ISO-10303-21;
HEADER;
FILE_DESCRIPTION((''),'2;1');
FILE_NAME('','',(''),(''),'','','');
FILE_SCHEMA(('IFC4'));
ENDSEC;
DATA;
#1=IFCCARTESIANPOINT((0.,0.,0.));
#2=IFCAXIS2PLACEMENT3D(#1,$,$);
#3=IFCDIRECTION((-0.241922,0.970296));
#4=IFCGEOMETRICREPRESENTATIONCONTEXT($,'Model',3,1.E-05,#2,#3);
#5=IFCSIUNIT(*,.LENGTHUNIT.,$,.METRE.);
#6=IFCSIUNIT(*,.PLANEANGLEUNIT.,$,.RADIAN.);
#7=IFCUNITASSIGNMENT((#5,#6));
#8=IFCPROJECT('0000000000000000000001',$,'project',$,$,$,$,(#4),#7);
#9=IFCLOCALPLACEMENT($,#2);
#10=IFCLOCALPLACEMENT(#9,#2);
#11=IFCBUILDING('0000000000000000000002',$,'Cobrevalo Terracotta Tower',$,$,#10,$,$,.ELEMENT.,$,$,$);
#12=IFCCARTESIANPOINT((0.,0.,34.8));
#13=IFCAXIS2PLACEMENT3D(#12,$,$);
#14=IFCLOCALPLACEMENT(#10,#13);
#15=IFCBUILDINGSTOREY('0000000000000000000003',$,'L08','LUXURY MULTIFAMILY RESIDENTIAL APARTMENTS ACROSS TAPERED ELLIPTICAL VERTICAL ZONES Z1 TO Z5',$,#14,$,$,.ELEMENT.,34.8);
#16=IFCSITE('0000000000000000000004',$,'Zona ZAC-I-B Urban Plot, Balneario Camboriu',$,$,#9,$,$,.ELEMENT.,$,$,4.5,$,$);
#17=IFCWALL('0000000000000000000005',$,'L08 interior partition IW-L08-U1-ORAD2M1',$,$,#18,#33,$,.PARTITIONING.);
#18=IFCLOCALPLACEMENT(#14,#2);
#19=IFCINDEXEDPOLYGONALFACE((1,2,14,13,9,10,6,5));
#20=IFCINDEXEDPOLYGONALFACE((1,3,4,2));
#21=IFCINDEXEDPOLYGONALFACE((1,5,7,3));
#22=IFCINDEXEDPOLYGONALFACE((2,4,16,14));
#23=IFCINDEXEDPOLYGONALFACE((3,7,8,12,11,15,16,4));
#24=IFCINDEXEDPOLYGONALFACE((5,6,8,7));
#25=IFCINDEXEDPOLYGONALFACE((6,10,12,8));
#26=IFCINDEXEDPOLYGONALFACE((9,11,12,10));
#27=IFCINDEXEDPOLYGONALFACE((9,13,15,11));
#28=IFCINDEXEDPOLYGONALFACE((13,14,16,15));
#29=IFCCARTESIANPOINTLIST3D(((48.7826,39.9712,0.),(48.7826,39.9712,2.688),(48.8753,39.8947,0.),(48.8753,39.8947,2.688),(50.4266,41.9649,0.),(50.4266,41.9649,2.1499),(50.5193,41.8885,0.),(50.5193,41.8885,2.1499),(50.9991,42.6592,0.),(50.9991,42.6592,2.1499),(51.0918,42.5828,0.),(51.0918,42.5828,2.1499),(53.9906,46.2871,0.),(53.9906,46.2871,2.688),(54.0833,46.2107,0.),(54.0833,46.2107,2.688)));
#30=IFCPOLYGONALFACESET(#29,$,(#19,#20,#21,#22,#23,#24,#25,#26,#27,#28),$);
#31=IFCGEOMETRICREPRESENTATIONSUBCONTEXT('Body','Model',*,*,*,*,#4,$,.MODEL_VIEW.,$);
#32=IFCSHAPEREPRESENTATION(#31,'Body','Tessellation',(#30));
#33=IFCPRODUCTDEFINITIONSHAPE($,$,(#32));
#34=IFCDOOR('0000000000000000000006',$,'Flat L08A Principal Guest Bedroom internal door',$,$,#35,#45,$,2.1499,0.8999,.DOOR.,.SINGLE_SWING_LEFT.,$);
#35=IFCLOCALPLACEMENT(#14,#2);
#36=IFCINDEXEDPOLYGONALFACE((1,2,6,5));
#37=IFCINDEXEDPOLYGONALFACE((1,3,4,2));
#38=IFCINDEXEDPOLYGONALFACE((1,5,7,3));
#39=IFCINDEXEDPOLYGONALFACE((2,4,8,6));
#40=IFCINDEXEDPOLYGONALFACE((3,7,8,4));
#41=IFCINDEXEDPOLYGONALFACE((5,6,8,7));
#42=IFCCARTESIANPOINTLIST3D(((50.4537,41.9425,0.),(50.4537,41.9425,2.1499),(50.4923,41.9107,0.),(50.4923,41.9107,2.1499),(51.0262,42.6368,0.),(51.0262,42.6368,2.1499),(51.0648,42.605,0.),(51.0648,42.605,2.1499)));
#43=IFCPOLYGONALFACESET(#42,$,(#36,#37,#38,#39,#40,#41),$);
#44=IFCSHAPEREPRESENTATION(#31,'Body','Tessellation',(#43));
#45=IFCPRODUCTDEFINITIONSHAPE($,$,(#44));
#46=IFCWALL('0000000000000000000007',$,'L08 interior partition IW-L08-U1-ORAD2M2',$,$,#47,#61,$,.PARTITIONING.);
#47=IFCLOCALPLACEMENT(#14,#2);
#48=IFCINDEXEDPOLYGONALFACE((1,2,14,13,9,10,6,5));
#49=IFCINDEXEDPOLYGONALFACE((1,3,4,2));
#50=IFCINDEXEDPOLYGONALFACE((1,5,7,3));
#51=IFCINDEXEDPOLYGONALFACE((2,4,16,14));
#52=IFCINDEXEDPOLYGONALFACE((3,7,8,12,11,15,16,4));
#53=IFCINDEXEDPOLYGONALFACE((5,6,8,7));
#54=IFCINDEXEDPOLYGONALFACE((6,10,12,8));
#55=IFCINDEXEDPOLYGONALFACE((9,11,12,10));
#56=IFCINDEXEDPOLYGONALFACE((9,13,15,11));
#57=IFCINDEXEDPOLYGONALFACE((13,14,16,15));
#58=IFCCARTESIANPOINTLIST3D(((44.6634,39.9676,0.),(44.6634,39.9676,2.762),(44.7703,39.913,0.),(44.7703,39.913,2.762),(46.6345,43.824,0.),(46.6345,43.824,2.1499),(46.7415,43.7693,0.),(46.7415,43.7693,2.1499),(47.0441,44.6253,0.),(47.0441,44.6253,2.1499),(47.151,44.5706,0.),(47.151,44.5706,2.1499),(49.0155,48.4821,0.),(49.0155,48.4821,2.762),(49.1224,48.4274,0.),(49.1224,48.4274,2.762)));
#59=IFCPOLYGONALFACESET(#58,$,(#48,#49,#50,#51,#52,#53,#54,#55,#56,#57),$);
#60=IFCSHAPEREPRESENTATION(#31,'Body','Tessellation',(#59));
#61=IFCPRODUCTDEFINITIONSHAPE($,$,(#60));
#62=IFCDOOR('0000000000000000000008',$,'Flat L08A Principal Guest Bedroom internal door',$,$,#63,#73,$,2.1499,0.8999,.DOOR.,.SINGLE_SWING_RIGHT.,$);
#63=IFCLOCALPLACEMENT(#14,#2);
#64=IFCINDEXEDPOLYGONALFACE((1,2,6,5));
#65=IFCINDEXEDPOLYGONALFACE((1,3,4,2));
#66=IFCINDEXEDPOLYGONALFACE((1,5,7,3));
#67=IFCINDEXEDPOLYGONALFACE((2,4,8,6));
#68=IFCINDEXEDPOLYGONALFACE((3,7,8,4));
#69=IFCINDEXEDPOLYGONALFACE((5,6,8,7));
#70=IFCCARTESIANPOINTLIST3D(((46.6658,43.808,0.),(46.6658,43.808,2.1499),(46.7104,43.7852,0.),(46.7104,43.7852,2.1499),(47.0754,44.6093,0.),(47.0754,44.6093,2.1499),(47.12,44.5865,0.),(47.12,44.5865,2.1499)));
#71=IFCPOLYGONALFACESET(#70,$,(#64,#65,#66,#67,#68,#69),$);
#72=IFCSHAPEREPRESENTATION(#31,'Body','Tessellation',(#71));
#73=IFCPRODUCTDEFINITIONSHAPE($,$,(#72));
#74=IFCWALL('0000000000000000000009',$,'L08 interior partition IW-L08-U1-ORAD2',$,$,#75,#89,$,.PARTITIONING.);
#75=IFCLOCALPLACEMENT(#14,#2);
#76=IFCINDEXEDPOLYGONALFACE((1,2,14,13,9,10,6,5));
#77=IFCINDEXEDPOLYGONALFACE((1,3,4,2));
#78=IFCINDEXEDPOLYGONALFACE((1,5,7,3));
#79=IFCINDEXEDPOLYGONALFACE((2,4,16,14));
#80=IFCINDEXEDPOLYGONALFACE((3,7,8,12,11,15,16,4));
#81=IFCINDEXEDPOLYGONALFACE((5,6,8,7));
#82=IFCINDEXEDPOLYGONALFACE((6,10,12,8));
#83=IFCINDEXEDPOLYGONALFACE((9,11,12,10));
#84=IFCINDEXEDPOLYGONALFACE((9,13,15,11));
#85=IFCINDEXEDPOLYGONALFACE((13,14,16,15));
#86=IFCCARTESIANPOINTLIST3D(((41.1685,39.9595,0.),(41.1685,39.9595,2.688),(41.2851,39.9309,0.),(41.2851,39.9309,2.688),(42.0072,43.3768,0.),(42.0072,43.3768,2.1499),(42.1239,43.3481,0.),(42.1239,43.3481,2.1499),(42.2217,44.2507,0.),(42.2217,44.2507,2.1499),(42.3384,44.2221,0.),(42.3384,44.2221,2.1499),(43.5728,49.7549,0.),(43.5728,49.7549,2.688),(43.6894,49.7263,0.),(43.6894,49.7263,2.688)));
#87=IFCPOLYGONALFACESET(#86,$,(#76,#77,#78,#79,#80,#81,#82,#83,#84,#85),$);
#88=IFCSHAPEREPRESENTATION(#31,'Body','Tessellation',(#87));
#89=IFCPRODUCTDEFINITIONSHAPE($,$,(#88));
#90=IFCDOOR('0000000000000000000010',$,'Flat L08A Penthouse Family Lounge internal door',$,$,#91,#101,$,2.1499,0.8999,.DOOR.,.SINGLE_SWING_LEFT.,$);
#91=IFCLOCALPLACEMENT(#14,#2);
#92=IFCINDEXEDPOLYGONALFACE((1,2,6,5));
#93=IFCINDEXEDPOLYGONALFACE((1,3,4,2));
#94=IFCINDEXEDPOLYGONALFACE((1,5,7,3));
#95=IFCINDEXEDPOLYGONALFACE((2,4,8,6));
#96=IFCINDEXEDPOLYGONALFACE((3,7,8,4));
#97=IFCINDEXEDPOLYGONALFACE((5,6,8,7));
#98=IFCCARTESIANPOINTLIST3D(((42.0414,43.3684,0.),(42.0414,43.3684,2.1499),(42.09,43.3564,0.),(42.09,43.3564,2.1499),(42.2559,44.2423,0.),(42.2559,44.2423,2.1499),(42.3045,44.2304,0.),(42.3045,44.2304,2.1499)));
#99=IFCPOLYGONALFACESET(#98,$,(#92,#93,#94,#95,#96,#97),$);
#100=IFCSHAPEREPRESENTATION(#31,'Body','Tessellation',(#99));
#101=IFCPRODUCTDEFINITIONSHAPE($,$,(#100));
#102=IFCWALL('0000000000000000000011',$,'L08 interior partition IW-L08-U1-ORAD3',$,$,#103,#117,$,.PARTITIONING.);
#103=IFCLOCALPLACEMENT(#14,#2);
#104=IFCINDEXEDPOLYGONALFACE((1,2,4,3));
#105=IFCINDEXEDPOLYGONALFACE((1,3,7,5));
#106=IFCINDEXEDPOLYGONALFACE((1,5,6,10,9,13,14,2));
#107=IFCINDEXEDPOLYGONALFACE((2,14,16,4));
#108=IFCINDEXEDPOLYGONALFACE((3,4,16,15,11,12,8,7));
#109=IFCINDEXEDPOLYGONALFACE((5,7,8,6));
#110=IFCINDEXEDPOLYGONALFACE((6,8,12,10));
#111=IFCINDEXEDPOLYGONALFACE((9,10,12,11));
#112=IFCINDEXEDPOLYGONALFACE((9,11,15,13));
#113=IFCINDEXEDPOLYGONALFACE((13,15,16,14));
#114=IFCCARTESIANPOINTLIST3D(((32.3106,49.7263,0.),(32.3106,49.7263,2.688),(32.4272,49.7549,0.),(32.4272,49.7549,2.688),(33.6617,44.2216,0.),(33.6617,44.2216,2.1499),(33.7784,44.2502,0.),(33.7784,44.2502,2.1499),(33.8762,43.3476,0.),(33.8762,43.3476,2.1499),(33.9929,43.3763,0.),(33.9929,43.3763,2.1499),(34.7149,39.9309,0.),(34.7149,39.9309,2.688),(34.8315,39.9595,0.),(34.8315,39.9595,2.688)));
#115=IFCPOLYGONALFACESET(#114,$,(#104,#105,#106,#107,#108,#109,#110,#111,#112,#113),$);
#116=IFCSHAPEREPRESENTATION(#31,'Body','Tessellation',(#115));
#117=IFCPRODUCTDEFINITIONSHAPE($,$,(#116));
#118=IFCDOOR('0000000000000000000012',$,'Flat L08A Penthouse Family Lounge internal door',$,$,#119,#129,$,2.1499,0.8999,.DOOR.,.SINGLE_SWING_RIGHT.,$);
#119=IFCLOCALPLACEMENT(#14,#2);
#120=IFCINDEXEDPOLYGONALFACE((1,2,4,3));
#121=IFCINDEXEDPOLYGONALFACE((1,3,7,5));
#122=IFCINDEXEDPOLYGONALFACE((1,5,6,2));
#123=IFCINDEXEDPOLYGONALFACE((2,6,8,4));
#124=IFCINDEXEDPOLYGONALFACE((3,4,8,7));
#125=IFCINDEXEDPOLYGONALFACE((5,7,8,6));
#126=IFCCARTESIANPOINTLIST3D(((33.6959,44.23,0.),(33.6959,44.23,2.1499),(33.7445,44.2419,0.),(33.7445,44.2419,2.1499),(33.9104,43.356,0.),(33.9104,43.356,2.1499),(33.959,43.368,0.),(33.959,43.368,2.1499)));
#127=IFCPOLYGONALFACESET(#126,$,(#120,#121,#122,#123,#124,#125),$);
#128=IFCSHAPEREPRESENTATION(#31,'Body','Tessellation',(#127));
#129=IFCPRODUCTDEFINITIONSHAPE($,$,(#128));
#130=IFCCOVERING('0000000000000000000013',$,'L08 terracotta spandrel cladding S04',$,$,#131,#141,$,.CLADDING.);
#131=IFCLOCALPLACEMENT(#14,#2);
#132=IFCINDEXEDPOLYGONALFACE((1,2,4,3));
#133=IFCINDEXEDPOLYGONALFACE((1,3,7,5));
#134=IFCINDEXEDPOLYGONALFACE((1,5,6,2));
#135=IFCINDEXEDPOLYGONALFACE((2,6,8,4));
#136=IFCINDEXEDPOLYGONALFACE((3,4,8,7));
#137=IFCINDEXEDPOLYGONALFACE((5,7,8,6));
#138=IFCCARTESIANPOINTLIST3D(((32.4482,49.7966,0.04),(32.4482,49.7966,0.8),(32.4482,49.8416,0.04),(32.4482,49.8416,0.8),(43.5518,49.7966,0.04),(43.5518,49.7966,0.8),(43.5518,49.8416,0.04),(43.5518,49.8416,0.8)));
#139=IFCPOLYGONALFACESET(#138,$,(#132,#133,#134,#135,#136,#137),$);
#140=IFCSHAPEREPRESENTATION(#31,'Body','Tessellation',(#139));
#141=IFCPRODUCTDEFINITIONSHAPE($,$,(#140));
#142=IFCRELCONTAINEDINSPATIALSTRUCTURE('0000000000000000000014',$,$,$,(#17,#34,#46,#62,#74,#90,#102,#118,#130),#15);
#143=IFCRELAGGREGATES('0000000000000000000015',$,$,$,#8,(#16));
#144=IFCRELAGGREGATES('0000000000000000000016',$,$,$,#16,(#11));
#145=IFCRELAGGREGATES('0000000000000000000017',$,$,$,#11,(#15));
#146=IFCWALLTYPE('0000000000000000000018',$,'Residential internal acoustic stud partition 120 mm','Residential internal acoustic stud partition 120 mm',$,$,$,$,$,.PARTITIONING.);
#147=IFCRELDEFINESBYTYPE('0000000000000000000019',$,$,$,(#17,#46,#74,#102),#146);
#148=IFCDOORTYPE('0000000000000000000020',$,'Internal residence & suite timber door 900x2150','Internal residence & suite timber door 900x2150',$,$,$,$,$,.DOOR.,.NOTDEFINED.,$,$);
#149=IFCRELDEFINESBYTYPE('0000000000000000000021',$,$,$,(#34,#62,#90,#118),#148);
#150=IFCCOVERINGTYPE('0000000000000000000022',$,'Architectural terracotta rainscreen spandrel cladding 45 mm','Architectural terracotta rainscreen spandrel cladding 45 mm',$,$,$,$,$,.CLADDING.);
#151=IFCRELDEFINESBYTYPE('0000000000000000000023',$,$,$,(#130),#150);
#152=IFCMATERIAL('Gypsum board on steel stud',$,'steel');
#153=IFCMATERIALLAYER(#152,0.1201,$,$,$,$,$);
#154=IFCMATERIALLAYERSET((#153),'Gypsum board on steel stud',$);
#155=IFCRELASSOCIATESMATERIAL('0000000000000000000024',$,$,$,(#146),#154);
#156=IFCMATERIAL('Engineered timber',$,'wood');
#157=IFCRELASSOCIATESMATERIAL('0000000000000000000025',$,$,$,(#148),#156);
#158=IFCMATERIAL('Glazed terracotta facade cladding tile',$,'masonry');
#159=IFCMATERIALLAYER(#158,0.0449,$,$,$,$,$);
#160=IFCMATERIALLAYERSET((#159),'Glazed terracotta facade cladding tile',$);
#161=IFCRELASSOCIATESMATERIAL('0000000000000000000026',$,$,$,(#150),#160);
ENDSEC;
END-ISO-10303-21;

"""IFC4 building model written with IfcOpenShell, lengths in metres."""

from ifc_helpers import new_model, si_unit, direction, frame, frame_2d, origin, origin_2d, place, context, subcontext, project, spatial, rectangle, extrude, source, transform, mapped, material, layer, layer_set, type_object, element, fill, save


model = new_model("IFC4")

# Units and contexts
model_context = context("Model", 3, precision=1e-05, world=origin(), true_north=direction((-0.241922, 0.970296)))
body_context = subcontext(model_context, "Body", "Model", "MODEL_VIEW")
ifc_project = project(units=[si_unit("LENGTHUNIT", "METRE"), si_unit("PLANEANGLEUNIT", "RADIAN")], contexts=[model_context])

# Site, building, storey
site_placement = place(None, origin())
site = spatial("IfcSite", under=ifc_project, at=site_placement, Name="Zona ZAC-I-B Urban Plot, Balneario Camboriu", CompositionType="ELEMENT", RefElevation=4.5)
building_placement = place(site_placement, origin())
building = spatial("IfcBuilding", under=site, at=building_placement, Name="Cobrevalo Terracotta Tower", CompositionType="ELEMENT")
storey_placement = place(building_placement, frame((0.0, 0.0, 34.8)))
storey = spatial("IfcBuildingStorey", under=building, at=storey_placement, Name="L08", Description="LUXURY MULTIFAMILY RESIDENTIAL APARTMENTS ACROSS TAPERED ELLIPTICAL VERTICAL ZONES Z1 TO Z5", CompositionType="ELEMENT", Elevation=34.8)

# Walls, openings, doors
ifc_material_1 = material(Name="Gypsum board on steel stud", Category="steel")
ifc_layer_1 = layer(ifc_material_1, 0.1201)
ifc_layer_set_1 = layer_set([ifc_layer_1], Name="Gypsum board on steel stud")
wall_type_1 = type_object("IfcWallType", Name="Residential internal acoustic stud partition 120 mm", Description="Residential internal acoustic stud partition 120 mm", PredefinedType="PARTITIONING", material=ifc_layer_set_1)
wall_1_placement = place(storey_placement, frame((48.8289, 39.9329, 0.0), z_axis=(0.0, 0.0, 1.0), x_axis=(0.636192, 0.771531, 0.0)))
wall_1 = element("IfcWall", 1, at=wall_1_placement, inside=storey, type_object=wall_type_1, Name="L08 interior partition IW-L08-U1-ORAD2M1", PredefinedType="PARTITIONING", context=body_context, shape_type="SweptSolid", body=[
    extrude(rectangle(XDim=8.1863, YDim=0.1201, at=frame_2d((4.0933, 0.0))), origin(), (0.0, 0.0, 1.0), 2.688),
])
opening_1_placement = place(wall_1_placement, frame((2.5842, 0.0, 0.0)))
opening_1 = element("IfcOpeningElement", 2, at=opening_1_placement, cuts=wall_1, PredefinedType="OPENING", context=body_context, shape_type="SweptSolid", body=[
    extrude(rectangle(XDim=0.8999, YDim=2.1499, at=frame_2d((0.45, 1.075))), frame((0.0, 0.0701, 0.0), z_axis=(0.0, -1.0, 0.0), x_axis=(1.0, 0.0, 0.0)), (0.0, 0.0, 1.0), 0.1401),
])
ifc_material_2 = material(Name="Engineered timber", Category="wood")
door_type_1 = type_object("IfcDoorType", Name="Internal residence & suite timber door 900x2150", Description="Internal residence & suite timber door 900x2150", OperationType="NOTDEFINED", PredefinedType="DOOR", material=ifc_material_2)
shared_shape_1 = source(origin(), body_context, "Body", "SweptSolid", [
    extrude(rectangle(XDim=0.8999, YDim=2.1499, at=frame_2d((0.45, 1.075))), frame((0.0, 0.0249, 0.0), z_axis=(0.0, -1.0, 0.0), x_axis=(1.0, 0.0, 0.0)), (0.0, 0.0, 1.0), 0.05),
])
door_1_placement = place(opening_1_placement, origin())
door_1 = element("IfcDoor", 3, at=door_1_placement, inside=storey, type_object=door_type_1, Name="Flat L08A Principal Guest Bedroom internal door", OperationType="SINGLE_SWING_LEFT", OverallHeight=2.1499, OverallWidth=0.8999, PredefinedType="DOOR", context=body_context, shape_type="MappedRepresentation", body=[
    mapped(shared_shape_1, transform((0.0, 0.0, 0.0), scale=1.0)),
])
fill(opening_1, door_1)
wall_2_placement = place(storey_placement, frame((44.7168, 39.9402, 0.0), z_axis=(0.0, 0.0, 1.0), x_axis=(0.455131, 0.890424, 0.0)))
wall_2 = element("IfcWall", 4, at=wall_2_placement, inside=storey, type_object=wall_type_1, Name="L08 interior partition IW-L08-U1-ORAD2M2", PredefinedType="PARTITIONING", context=body_context, shape_type="SweptSolid", body=[
    extrude(rectangle(XDim=9.5623, YDim=0.1201, at=frame_2d((4.7812, 0.0))), origin(), (0.0, 0.0, 1.0), 2.762),
])
opening_2_placement = place(wall_2_placement, frame((4.3311, 0.0, 0.0)))
opening_2 = element("IfcOpeningElement", 5, at=opening_2_placement, cuts=wall_2, PredefinedType="OPENING", context=body_context, shape_type="SweptSolid", body=[
    extrude(rectangle(XDim=0.8999, YDim=2.1499, at=frame_2d((0.45, 1.075))), frame((0.0, 0.0701, 0.0), z_axis=(0.0, -1.0, 0.0), x_axis=(1.0, 0.0, 0.0)), (0.0, 0.0, 1.0), 0.1401),
])
door_2_placement = place(opening_2_placement, origin())
door_2 = element("IfcDoor", 6, at=door_2_placement, inside=storey, type_object=door_type_1, Name="Flat L08A Principal Guest Bedroom internal door", OperationType="SINGLE_SWING_RIGHT", OverallHeight=2.1499, OverallWidth=0.8999, PredefinedType="DOOR", context=body_context, shape_type="MappedRepresentation", body=[
    mapped(shared_shape_1, transform((0.0, 0.0, 0.0), scale=1.0)),
])
fill(opening_2, door_2)
wall_3_placement = place(storey_placement, frame((41.2268, 39.9453, 0.0), z_axis=(0.0, 0.0, 1.0), x_axis=(0.238376, 0.971173, 0.0)))
wall_3 = element("IfcWall", 7, at=wall_3_placement, inside=storey, type_object=wall_type_1, Name="L08 interior partition IW-L08-U1-ORAD2", PredefinedType="PARTITIONING", context=body_context, shape_type="SweptSolid", body=[
    extrude(rectangle(XDim=10.0862, YDim=0.1201, at=frame_2d((5.043, 0.0))), origin(), (0.0, 0.0, 1.0), 2.688),
])
opening_3_placement = place(wall_3_placement, frame((3.5186, 0.0, 0.0)))
opening_3 = element("IfcOpeningElement", 8, at=opening_3_placement, cuts=wall_3, PredefinedType="OPENING", context=body_context, shape_type="SweptSolid", body=[
    extrude(rectangle(XDim=0.8999, YDim=2.1499, at=frame_2d((0.45, 1.075))), frame((0.0, 0.0701, 0.0), z_axis=(0.0, -1.0, 0.0), x_axis=(1.0, 0.0, 0.0)), (0.0, 0.0, 1.0), 0.1401),
])
door_3_placement = place(opening_3_placement, origin())
door_3 = element("IfcDoor", 9, at=door_3_placement, inside=storey, type_object=door_type_1, Name="Flat L08A Penthouse Family Lounge internal door", OperationType="SINGLE_SWING_LEFT", OverallHeight=2.1499, OverallWidth=0.8999, PredefinedType="DOOR", context=body_context, shape_type="MappedRepresentation", body=[
    mapped(shared_shape_1, transform((0.0, 0.0, 0.0), scale=1.0)),
])
fill(opening_3, door_3)
wall_4_placement = place(storey_placement, frame((34.7732, 39.9453, 0.0), z_axis=(0.0, 0.0, 1.0), x_axis=(-0.238376, 0.971173, 0.0)))
wall_4 = element("IfcWall", 10, at=wall_4_placement, inside=storey, type_object=wall_type_1, Name="L08 interior partition IW-L08-U1-ORAD3", PredefinedType="PARTITIONING", context=body_context, shape_type="SweptSolid", body=[
    extrude(rectangle(XDim=10.0862, YDim=0.1201, at=frame_2d((5.043, 0.0))), origin(), (0.0, 0.0, 1.0), 2.688),
])
opening_4_placement = place(wall_4_placement, frame((3.5181, 0.0, 0.0)))
opening_4 = element("IfcOpeningElement", 11, at=opening_4_placement, cuts=wall_4, PredefinedType="OPENING", context=body_context, shape_type="SweptSolid", body=[
    extrude(rectangle(XDim=0.8999, YDim=2.1499, at=frame_2d((0.45, 1.075))), frame((0.0, 0.0701, 0.0), z_axis=(0.0, -1.0, 0.0), x_axis=(1.0, 0.0, 0.0)), (0.0, 0.0, 1.0), 0.1401),
])
door_4_placement = place(opening_4_placement, origin())
door_4 = element("IfcDoor", 12, at=door_4_placement, inside=storey, type_object=door_type_1, Name="Flat L08A Penthouse Family Lounge internal door", OperationType="SINGLE_SWING_RIGHT", OverallHeight=2.1499, OverallWidth=0.8999, PredefinedType="DOOR", context=body_context, shape_type="MappedRepresentation", body=[
    mapped(shared_shape_1, transform((0.0, 0.0, 0.0), scale=1.0)),
])
fill(opening_4, door_4)

# Covering
ifc_material_3 = material(Name="Glazed terracotta facade cladding tile", Category="masonry")
ifc_layer_2 = layer(ifc_material_3, 0.0449)
ifc_layer_set_2 = layer_set([ifc_layer_2], Name="Glazed terracotta facade cladding tile")
covering_type = type_object("IfcCoveringType", Name="Architectural terracotta rainscreen spandrel cladding 45 mm", Description="Architectural terracotta rainscreen spandrel cladding 45 mm", PredefinedType="CLADDING", material=ifc_layer_set_2)
shared_shape_2 = source(origin(), body_context, "Body", "SweptSolid", [
    extrude(rectangle(XDim=11.1035, YDim=0.0449, at=origin_2d()), origin(), (0.0, 0.0, 1.0), 0.76),
])
covering_placement = place(storey_placement, frame((38.0, 49.8191, 0.04), z_axis=(0.0, 0.0, 1.0), x_axis=(-1.0, 0.0, 0.0)))
element("IfcCovering", 13, at=covering_placement, inside=storey, type_object=covering_type, Name="L08 terracotta spandrel cladding S04", PredefinedType="CLADDING", context=body_context, shape_type="MappedRepresentation", body=[
    mapped(shared_shape_2, transform((0.0, 0.0, 0.0), scale=1.0)),
])

save(model, "model.ifc")
